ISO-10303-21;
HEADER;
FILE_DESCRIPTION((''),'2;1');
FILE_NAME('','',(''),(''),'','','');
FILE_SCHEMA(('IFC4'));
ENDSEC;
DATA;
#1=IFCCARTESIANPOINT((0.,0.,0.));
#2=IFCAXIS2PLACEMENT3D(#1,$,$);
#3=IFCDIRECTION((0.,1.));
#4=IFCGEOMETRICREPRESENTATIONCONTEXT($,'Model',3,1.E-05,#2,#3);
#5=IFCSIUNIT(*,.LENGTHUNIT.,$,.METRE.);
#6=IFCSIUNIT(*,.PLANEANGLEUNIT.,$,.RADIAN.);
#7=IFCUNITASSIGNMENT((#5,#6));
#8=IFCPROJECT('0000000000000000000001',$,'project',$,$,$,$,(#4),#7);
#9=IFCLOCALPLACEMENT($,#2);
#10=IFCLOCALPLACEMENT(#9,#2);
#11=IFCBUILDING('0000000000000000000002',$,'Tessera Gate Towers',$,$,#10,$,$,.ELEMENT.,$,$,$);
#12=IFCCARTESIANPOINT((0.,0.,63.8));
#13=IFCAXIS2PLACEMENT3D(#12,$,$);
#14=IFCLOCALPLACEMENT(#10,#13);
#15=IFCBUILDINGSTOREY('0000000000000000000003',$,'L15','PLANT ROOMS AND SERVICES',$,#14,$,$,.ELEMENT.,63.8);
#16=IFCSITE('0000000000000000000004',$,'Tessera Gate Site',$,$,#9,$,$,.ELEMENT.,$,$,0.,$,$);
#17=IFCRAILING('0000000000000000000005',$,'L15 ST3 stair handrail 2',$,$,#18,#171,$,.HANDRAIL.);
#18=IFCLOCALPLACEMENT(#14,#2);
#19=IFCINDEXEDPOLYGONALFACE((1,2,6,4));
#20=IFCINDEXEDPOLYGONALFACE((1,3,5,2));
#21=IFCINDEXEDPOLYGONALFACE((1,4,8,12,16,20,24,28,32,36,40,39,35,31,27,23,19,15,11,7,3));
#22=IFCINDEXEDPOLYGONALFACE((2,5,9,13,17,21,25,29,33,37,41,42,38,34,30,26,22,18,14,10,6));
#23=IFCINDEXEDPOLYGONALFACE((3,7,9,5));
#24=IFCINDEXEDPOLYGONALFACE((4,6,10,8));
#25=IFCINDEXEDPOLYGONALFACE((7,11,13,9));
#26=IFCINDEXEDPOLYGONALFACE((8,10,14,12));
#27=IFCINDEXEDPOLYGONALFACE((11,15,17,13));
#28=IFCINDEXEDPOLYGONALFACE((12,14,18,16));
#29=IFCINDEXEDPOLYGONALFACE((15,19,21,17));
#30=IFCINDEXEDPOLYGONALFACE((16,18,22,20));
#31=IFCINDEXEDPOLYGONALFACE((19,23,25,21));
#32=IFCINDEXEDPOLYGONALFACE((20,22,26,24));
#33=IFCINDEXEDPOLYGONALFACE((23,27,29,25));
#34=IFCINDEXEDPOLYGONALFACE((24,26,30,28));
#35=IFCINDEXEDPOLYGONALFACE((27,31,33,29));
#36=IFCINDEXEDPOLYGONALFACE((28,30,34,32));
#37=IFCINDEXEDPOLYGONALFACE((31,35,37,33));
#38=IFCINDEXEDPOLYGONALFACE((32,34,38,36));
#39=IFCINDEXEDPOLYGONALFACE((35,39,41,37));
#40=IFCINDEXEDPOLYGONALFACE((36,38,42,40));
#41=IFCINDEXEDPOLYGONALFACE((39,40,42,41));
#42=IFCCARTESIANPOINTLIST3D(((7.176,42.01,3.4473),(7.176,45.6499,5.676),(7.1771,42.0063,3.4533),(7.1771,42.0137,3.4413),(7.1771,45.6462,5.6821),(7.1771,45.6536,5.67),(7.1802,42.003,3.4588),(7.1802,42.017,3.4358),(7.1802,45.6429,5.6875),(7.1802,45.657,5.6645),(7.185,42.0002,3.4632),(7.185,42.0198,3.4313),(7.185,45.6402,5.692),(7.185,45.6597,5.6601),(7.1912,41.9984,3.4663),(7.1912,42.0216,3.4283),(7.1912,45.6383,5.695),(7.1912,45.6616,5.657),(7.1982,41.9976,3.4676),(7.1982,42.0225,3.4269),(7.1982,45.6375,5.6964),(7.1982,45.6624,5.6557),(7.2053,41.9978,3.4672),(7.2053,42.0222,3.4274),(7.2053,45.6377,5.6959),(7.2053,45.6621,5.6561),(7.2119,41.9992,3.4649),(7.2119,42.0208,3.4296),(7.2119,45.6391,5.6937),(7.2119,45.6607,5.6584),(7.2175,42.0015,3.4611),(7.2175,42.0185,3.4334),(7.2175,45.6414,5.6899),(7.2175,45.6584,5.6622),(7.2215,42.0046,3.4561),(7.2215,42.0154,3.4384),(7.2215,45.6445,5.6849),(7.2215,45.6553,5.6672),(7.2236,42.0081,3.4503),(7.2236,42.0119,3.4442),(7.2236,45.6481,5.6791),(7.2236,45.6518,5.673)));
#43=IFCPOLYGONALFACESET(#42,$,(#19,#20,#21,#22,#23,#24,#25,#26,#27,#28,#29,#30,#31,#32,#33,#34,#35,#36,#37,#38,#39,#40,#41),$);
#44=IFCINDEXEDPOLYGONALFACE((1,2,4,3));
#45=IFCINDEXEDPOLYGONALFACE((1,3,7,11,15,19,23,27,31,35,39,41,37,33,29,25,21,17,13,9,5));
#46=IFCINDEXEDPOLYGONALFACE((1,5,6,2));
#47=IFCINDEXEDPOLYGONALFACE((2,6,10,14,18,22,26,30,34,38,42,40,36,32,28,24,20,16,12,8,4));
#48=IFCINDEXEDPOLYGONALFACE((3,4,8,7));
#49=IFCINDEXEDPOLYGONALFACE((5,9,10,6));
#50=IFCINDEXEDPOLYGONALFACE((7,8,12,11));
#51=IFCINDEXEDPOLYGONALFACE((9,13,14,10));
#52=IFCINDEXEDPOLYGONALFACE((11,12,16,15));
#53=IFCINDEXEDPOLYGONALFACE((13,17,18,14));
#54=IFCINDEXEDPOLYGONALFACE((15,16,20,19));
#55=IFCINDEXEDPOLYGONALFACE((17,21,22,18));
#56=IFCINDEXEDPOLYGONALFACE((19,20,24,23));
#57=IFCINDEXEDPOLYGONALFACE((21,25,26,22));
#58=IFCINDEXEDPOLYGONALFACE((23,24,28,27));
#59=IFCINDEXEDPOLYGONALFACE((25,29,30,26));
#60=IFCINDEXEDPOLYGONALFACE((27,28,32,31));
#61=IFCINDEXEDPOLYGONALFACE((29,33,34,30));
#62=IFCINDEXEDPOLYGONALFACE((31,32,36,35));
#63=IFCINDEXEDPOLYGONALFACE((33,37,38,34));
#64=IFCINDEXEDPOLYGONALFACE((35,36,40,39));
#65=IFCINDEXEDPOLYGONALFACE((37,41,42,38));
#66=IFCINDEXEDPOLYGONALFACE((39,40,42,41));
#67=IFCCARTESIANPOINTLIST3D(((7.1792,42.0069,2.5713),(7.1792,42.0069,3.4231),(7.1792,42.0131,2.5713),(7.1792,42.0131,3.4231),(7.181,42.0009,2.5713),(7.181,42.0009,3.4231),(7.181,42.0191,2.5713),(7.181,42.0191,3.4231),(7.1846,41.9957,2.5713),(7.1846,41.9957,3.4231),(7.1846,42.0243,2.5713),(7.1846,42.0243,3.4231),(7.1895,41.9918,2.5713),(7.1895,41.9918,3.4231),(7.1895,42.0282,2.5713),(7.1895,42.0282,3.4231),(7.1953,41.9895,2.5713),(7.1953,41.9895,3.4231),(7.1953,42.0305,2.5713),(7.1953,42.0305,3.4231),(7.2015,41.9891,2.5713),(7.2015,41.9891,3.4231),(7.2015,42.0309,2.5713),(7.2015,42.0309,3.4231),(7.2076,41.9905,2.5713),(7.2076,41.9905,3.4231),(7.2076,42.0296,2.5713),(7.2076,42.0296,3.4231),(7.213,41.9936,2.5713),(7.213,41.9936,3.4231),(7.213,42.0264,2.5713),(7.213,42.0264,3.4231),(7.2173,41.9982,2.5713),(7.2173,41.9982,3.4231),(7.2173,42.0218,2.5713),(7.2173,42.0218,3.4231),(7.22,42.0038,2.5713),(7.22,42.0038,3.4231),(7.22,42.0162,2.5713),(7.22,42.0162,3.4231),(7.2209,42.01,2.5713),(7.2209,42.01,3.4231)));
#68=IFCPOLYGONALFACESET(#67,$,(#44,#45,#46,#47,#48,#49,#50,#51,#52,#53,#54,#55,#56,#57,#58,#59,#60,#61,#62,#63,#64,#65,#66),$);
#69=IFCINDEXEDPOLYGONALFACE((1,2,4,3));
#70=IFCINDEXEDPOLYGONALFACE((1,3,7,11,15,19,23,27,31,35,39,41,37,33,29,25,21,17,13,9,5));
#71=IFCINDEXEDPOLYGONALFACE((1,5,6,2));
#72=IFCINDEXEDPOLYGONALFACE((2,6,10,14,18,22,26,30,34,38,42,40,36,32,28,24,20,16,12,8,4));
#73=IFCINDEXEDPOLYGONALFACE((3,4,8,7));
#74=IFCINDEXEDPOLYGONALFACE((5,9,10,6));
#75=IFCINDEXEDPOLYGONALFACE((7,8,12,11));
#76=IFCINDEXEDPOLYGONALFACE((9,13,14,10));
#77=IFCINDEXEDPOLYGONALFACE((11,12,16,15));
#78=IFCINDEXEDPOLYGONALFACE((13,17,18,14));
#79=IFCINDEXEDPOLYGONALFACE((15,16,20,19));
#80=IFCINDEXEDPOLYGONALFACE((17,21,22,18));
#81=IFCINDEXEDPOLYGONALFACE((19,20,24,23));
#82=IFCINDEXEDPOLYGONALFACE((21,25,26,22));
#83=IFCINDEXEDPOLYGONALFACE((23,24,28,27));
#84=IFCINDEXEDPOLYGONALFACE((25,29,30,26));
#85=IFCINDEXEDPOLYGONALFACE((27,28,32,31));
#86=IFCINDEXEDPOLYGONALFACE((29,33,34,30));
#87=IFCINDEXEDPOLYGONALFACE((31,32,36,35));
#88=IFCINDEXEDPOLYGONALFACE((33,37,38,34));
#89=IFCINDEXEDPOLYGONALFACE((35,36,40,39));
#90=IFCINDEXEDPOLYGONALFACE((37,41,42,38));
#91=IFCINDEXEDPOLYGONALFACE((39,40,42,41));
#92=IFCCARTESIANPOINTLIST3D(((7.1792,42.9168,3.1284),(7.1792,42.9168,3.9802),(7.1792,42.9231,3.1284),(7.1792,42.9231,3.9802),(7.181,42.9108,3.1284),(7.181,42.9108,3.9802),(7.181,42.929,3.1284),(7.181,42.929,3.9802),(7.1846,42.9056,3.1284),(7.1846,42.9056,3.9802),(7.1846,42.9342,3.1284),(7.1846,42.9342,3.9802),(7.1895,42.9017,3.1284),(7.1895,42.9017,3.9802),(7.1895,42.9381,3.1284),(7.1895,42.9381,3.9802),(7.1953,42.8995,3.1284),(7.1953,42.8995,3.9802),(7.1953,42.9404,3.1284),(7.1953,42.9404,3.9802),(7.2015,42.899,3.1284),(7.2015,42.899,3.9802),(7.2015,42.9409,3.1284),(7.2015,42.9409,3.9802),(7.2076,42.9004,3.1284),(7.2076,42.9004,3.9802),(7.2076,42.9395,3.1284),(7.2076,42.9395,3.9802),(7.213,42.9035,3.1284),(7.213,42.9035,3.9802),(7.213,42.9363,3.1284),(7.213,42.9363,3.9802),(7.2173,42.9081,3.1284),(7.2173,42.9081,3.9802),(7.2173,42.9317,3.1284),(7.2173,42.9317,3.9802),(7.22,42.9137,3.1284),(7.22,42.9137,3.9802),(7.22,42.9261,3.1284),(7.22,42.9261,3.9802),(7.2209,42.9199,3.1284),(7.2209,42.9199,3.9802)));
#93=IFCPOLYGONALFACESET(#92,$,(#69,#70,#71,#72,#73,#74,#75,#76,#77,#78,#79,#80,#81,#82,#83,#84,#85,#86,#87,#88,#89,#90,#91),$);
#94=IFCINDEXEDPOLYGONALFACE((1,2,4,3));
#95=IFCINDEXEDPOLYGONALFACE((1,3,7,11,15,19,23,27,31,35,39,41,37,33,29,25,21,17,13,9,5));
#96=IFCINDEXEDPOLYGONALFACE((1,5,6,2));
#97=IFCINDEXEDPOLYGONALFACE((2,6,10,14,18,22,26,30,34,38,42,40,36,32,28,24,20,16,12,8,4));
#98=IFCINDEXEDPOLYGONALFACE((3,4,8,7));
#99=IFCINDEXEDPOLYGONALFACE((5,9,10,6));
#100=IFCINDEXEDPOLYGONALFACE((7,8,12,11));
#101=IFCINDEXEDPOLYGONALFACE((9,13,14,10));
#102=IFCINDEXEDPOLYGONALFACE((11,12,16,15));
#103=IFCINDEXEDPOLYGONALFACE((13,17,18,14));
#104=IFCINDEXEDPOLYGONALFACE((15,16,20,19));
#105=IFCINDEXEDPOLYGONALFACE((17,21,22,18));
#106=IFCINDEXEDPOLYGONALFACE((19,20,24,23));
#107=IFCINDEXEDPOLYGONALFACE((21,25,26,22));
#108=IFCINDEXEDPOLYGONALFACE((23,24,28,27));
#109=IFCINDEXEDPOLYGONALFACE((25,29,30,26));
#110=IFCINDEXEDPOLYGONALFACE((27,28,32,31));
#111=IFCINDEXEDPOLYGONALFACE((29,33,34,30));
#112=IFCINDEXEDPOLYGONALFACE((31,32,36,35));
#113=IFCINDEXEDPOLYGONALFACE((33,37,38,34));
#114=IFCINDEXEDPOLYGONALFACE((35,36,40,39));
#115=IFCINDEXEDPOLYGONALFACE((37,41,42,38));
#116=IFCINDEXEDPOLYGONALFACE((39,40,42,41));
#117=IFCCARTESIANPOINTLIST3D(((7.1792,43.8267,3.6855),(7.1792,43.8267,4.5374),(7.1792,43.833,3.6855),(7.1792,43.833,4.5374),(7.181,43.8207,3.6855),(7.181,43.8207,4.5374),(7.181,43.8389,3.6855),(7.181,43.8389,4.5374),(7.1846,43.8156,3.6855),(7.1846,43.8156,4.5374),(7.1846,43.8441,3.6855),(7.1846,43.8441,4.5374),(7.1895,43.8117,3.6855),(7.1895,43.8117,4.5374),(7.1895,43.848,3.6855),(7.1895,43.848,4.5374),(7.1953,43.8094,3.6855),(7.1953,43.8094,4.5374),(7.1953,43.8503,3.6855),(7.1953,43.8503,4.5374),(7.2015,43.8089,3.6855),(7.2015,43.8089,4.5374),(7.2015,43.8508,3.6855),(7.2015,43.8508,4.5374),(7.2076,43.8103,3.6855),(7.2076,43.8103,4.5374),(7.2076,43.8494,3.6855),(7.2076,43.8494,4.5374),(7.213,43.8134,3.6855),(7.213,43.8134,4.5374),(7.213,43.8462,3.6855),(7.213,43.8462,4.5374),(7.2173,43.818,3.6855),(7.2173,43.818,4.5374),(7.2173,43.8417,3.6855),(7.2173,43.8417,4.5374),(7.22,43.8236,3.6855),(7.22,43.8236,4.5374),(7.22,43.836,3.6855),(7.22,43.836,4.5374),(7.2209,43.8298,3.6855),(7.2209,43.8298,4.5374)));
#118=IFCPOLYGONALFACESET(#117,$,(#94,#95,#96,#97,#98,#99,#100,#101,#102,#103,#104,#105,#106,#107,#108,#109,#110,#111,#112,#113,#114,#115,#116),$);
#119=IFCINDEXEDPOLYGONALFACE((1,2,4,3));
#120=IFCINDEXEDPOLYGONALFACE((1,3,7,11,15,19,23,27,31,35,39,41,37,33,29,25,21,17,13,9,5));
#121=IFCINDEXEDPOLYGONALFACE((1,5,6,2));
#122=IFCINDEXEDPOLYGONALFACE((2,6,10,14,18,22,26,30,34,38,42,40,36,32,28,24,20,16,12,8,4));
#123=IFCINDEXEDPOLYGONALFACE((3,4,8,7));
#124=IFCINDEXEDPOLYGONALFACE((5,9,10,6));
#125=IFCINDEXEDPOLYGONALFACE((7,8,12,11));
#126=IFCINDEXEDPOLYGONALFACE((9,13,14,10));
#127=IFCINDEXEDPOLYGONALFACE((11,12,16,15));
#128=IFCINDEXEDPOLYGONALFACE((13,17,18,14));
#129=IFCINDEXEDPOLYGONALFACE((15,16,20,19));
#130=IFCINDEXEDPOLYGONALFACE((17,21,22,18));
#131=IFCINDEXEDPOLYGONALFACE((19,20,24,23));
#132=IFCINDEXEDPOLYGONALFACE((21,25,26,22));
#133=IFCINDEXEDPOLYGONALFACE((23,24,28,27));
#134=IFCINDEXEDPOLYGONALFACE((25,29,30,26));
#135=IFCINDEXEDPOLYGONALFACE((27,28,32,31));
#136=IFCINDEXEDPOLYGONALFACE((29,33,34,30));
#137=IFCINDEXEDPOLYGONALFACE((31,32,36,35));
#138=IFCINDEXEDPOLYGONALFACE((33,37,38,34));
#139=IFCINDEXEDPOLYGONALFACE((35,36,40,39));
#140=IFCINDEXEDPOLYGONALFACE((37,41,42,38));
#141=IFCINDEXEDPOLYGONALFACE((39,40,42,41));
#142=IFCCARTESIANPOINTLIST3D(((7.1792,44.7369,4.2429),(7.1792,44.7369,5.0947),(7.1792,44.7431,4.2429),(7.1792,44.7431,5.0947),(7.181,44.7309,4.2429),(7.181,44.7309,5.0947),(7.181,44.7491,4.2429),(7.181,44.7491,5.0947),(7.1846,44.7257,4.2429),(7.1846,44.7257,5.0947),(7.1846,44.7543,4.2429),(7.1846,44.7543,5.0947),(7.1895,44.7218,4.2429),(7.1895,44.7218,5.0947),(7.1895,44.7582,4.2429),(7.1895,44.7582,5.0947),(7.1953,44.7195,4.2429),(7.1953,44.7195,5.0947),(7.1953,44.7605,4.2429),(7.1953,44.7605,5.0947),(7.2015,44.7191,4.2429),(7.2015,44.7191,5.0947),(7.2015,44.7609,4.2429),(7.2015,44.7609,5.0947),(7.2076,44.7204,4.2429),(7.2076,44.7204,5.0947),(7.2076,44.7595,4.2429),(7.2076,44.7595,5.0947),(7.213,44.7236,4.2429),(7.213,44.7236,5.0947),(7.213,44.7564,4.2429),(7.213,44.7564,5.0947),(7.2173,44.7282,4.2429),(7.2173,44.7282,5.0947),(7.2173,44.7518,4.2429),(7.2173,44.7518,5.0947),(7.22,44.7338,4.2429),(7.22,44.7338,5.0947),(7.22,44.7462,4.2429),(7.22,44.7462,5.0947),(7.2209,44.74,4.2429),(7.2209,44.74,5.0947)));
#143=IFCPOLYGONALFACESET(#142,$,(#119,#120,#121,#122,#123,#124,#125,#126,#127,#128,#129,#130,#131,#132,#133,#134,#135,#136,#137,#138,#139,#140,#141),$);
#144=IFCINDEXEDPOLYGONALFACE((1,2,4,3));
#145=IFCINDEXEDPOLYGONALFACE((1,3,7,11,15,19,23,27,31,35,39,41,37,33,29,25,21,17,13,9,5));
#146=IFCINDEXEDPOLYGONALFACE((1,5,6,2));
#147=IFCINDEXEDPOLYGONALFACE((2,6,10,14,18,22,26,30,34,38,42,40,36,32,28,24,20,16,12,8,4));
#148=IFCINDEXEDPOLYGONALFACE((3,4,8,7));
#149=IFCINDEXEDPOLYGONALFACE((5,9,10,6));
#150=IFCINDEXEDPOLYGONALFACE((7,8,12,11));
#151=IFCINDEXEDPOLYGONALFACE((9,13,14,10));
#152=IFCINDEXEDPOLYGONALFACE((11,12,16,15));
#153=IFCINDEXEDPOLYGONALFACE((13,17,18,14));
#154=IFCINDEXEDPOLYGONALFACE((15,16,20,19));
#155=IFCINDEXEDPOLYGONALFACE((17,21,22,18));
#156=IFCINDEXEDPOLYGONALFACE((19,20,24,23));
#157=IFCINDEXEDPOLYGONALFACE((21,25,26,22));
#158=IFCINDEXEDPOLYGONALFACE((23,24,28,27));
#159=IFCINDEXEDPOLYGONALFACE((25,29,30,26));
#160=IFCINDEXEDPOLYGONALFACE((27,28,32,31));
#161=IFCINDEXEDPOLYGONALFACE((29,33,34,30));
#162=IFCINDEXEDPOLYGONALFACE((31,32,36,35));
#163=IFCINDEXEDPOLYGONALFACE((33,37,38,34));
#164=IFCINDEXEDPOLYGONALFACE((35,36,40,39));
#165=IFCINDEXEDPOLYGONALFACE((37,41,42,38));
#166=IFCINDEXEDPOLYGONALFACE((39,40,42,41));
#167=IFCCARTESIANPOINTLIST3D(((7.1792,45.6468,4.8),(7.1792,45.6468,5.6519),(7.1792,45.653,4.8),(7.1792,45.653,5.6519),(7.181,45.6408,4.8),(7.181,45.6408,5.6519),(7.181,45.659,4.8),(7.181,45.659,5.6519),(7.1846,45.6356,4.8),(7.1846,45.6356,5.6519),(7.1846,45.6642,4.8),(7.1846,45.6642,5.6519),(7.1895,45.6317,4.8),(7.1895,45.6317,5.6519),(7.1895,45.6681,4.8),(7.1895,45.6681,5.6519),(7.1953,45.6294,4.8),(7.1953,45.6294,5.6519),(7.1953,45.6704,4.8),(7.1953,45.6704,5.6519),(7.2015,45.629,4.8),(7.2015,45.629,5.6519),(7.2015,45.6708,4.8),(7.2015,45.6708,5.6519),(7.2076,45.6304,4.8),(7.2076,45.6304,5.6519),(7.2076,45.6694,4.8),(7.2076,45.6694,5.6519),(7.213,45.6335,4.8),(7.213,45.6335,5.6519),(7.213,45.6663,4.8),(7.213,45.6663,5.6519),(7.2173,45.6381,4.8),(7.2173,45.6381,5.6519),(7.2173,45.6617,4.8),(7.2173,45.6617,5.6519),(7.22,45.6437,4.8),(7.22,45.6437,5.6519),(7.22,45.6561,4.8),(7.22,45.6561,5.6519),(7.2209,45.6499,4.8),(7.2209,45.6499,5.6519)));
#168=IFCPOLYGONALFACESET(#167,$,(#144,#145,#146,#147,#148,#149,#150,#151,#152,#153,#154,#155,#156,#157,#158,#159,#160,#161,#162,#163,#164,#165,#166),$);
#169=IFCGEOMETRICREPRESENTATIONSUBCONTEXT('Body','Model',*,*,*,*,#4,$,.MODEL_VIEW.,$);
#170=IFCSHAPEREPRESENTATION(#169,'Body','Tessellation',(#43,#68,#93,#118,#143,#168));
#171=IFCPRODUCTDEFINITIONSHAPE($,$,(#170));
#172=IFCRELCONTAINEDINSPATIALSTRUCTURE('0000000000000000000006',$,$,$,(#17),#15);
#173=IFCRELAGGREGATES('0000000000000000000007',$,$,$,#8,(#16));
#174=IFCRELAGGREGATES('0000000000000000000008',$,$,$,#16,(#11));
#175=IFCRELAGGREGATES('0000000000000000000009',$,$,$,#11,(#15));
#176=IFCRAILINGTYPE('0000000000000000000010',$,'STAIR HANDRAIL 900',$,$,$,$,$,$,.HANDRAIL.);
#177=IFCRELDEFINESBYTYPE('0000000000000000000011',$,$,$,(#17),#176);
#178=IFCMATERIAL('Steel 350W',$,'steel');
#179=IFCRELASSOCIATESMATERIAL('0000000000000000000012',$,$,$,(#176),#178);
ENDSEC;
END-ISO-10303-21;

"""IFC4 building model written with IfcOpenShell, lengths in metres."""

from ifc_helpers import new_model, si_unit, direction, frame, origin, origin_2d, place, context, subcontext, project, spatial, circle, extrude, material, type_object, element, save


model = new_model("IFC4")

# Units and contexts
model_context = context("Model", 3, precision=1e-05, world=origin(), true_north=direction((0.0, 1.0)))
body_context = subcontext(model_context, "Body", "Model", "MODEL_VIEW")
ifc_project = project(units=[si_unit("LENGTHUNIT", "METRE"), si_unit("PLANEANGLEUNIT", "RADIAN")], contexts=[model_context])

# Site, building, storey
site_placement = place(None, origin())
site = spatial("IfcSite", under=ifc_project, at=site_placement, Name="Tessera Gate Site", CompositionType="ELEMENT", RefElevation=0.0)
building_placement = place(site_placement, origin())
building = spatial("IfcBuilding", under=site, at=building_placement, Name="Tessera Gate Towers", CompositionType="ELEMENT")
storey_placement = place(building_placement, frame((0.0, 0.0, 63.8)))
storey = spatial("IfcBuildingStorey", under=building, at=storey_placement, Name="L15", Description="PLANT ROOMS AND SERVICES", CompositionType="ELEMENT", Elevation=63.8)

# Railing
ifc_material_1 = material(Name="Steel 350W", Category="steel")
railing_type_1 = type_object("IfcRailingType", Name="STAIR HANDRAIL 900", PredefinedType="HANDRAIL", material=ifc_material_1)
railing_1_placement = place(storey_placement, frame((7.2, 42.01, 2.5713)))
element("IfcRailing", 1, at=railing_1_placement, inside=storey, type_object=railing_type_1, Name="L15 ST3 stair handrail 2", PredefinedType="HANDRAIL", context=body_context, shape_type="SweptSolid", body=[
    extrude(circle(Radius=0.0239, at=origin_2d()), frame((0.0, 0.0, 0.876), z_axis=(0.0, 0.852825, 0.522197), x_axis=(-1.0, 0.0, 0.0)), (0.0, 0.0, 1.0), 4.2681),
    extrude(circle(Radius=0.021, at=origin_2d()), origin(), (0.0, 0.0, 1.0), 0.8518),
    extrude(circle(Radius=0.021, at=origin_2d()), frame((0.0, 0.9099, 0.5571)), (0.0, 0.0, 1.0), 0.8518),
    extrude(circle(Radius=0.021, at=origin_2d()), frame((0.0, 1.8198, 1.1143)), (0.0, 0.0, 1.0), 0.8518),
    extrude(circle(Radius=0.021, at=origin_2d()), frame((0.0, 2.73, 1.6716)), (0.0, 0.0, 1.0), 0.8518),
    extrude(circle(Radius=0.021, at=origin_2d()), frame((0.0, 3.6399, 2.2288)), (0.0, 0.0, 1.0), 0.8518),
])

save(model, "model.ifc")
